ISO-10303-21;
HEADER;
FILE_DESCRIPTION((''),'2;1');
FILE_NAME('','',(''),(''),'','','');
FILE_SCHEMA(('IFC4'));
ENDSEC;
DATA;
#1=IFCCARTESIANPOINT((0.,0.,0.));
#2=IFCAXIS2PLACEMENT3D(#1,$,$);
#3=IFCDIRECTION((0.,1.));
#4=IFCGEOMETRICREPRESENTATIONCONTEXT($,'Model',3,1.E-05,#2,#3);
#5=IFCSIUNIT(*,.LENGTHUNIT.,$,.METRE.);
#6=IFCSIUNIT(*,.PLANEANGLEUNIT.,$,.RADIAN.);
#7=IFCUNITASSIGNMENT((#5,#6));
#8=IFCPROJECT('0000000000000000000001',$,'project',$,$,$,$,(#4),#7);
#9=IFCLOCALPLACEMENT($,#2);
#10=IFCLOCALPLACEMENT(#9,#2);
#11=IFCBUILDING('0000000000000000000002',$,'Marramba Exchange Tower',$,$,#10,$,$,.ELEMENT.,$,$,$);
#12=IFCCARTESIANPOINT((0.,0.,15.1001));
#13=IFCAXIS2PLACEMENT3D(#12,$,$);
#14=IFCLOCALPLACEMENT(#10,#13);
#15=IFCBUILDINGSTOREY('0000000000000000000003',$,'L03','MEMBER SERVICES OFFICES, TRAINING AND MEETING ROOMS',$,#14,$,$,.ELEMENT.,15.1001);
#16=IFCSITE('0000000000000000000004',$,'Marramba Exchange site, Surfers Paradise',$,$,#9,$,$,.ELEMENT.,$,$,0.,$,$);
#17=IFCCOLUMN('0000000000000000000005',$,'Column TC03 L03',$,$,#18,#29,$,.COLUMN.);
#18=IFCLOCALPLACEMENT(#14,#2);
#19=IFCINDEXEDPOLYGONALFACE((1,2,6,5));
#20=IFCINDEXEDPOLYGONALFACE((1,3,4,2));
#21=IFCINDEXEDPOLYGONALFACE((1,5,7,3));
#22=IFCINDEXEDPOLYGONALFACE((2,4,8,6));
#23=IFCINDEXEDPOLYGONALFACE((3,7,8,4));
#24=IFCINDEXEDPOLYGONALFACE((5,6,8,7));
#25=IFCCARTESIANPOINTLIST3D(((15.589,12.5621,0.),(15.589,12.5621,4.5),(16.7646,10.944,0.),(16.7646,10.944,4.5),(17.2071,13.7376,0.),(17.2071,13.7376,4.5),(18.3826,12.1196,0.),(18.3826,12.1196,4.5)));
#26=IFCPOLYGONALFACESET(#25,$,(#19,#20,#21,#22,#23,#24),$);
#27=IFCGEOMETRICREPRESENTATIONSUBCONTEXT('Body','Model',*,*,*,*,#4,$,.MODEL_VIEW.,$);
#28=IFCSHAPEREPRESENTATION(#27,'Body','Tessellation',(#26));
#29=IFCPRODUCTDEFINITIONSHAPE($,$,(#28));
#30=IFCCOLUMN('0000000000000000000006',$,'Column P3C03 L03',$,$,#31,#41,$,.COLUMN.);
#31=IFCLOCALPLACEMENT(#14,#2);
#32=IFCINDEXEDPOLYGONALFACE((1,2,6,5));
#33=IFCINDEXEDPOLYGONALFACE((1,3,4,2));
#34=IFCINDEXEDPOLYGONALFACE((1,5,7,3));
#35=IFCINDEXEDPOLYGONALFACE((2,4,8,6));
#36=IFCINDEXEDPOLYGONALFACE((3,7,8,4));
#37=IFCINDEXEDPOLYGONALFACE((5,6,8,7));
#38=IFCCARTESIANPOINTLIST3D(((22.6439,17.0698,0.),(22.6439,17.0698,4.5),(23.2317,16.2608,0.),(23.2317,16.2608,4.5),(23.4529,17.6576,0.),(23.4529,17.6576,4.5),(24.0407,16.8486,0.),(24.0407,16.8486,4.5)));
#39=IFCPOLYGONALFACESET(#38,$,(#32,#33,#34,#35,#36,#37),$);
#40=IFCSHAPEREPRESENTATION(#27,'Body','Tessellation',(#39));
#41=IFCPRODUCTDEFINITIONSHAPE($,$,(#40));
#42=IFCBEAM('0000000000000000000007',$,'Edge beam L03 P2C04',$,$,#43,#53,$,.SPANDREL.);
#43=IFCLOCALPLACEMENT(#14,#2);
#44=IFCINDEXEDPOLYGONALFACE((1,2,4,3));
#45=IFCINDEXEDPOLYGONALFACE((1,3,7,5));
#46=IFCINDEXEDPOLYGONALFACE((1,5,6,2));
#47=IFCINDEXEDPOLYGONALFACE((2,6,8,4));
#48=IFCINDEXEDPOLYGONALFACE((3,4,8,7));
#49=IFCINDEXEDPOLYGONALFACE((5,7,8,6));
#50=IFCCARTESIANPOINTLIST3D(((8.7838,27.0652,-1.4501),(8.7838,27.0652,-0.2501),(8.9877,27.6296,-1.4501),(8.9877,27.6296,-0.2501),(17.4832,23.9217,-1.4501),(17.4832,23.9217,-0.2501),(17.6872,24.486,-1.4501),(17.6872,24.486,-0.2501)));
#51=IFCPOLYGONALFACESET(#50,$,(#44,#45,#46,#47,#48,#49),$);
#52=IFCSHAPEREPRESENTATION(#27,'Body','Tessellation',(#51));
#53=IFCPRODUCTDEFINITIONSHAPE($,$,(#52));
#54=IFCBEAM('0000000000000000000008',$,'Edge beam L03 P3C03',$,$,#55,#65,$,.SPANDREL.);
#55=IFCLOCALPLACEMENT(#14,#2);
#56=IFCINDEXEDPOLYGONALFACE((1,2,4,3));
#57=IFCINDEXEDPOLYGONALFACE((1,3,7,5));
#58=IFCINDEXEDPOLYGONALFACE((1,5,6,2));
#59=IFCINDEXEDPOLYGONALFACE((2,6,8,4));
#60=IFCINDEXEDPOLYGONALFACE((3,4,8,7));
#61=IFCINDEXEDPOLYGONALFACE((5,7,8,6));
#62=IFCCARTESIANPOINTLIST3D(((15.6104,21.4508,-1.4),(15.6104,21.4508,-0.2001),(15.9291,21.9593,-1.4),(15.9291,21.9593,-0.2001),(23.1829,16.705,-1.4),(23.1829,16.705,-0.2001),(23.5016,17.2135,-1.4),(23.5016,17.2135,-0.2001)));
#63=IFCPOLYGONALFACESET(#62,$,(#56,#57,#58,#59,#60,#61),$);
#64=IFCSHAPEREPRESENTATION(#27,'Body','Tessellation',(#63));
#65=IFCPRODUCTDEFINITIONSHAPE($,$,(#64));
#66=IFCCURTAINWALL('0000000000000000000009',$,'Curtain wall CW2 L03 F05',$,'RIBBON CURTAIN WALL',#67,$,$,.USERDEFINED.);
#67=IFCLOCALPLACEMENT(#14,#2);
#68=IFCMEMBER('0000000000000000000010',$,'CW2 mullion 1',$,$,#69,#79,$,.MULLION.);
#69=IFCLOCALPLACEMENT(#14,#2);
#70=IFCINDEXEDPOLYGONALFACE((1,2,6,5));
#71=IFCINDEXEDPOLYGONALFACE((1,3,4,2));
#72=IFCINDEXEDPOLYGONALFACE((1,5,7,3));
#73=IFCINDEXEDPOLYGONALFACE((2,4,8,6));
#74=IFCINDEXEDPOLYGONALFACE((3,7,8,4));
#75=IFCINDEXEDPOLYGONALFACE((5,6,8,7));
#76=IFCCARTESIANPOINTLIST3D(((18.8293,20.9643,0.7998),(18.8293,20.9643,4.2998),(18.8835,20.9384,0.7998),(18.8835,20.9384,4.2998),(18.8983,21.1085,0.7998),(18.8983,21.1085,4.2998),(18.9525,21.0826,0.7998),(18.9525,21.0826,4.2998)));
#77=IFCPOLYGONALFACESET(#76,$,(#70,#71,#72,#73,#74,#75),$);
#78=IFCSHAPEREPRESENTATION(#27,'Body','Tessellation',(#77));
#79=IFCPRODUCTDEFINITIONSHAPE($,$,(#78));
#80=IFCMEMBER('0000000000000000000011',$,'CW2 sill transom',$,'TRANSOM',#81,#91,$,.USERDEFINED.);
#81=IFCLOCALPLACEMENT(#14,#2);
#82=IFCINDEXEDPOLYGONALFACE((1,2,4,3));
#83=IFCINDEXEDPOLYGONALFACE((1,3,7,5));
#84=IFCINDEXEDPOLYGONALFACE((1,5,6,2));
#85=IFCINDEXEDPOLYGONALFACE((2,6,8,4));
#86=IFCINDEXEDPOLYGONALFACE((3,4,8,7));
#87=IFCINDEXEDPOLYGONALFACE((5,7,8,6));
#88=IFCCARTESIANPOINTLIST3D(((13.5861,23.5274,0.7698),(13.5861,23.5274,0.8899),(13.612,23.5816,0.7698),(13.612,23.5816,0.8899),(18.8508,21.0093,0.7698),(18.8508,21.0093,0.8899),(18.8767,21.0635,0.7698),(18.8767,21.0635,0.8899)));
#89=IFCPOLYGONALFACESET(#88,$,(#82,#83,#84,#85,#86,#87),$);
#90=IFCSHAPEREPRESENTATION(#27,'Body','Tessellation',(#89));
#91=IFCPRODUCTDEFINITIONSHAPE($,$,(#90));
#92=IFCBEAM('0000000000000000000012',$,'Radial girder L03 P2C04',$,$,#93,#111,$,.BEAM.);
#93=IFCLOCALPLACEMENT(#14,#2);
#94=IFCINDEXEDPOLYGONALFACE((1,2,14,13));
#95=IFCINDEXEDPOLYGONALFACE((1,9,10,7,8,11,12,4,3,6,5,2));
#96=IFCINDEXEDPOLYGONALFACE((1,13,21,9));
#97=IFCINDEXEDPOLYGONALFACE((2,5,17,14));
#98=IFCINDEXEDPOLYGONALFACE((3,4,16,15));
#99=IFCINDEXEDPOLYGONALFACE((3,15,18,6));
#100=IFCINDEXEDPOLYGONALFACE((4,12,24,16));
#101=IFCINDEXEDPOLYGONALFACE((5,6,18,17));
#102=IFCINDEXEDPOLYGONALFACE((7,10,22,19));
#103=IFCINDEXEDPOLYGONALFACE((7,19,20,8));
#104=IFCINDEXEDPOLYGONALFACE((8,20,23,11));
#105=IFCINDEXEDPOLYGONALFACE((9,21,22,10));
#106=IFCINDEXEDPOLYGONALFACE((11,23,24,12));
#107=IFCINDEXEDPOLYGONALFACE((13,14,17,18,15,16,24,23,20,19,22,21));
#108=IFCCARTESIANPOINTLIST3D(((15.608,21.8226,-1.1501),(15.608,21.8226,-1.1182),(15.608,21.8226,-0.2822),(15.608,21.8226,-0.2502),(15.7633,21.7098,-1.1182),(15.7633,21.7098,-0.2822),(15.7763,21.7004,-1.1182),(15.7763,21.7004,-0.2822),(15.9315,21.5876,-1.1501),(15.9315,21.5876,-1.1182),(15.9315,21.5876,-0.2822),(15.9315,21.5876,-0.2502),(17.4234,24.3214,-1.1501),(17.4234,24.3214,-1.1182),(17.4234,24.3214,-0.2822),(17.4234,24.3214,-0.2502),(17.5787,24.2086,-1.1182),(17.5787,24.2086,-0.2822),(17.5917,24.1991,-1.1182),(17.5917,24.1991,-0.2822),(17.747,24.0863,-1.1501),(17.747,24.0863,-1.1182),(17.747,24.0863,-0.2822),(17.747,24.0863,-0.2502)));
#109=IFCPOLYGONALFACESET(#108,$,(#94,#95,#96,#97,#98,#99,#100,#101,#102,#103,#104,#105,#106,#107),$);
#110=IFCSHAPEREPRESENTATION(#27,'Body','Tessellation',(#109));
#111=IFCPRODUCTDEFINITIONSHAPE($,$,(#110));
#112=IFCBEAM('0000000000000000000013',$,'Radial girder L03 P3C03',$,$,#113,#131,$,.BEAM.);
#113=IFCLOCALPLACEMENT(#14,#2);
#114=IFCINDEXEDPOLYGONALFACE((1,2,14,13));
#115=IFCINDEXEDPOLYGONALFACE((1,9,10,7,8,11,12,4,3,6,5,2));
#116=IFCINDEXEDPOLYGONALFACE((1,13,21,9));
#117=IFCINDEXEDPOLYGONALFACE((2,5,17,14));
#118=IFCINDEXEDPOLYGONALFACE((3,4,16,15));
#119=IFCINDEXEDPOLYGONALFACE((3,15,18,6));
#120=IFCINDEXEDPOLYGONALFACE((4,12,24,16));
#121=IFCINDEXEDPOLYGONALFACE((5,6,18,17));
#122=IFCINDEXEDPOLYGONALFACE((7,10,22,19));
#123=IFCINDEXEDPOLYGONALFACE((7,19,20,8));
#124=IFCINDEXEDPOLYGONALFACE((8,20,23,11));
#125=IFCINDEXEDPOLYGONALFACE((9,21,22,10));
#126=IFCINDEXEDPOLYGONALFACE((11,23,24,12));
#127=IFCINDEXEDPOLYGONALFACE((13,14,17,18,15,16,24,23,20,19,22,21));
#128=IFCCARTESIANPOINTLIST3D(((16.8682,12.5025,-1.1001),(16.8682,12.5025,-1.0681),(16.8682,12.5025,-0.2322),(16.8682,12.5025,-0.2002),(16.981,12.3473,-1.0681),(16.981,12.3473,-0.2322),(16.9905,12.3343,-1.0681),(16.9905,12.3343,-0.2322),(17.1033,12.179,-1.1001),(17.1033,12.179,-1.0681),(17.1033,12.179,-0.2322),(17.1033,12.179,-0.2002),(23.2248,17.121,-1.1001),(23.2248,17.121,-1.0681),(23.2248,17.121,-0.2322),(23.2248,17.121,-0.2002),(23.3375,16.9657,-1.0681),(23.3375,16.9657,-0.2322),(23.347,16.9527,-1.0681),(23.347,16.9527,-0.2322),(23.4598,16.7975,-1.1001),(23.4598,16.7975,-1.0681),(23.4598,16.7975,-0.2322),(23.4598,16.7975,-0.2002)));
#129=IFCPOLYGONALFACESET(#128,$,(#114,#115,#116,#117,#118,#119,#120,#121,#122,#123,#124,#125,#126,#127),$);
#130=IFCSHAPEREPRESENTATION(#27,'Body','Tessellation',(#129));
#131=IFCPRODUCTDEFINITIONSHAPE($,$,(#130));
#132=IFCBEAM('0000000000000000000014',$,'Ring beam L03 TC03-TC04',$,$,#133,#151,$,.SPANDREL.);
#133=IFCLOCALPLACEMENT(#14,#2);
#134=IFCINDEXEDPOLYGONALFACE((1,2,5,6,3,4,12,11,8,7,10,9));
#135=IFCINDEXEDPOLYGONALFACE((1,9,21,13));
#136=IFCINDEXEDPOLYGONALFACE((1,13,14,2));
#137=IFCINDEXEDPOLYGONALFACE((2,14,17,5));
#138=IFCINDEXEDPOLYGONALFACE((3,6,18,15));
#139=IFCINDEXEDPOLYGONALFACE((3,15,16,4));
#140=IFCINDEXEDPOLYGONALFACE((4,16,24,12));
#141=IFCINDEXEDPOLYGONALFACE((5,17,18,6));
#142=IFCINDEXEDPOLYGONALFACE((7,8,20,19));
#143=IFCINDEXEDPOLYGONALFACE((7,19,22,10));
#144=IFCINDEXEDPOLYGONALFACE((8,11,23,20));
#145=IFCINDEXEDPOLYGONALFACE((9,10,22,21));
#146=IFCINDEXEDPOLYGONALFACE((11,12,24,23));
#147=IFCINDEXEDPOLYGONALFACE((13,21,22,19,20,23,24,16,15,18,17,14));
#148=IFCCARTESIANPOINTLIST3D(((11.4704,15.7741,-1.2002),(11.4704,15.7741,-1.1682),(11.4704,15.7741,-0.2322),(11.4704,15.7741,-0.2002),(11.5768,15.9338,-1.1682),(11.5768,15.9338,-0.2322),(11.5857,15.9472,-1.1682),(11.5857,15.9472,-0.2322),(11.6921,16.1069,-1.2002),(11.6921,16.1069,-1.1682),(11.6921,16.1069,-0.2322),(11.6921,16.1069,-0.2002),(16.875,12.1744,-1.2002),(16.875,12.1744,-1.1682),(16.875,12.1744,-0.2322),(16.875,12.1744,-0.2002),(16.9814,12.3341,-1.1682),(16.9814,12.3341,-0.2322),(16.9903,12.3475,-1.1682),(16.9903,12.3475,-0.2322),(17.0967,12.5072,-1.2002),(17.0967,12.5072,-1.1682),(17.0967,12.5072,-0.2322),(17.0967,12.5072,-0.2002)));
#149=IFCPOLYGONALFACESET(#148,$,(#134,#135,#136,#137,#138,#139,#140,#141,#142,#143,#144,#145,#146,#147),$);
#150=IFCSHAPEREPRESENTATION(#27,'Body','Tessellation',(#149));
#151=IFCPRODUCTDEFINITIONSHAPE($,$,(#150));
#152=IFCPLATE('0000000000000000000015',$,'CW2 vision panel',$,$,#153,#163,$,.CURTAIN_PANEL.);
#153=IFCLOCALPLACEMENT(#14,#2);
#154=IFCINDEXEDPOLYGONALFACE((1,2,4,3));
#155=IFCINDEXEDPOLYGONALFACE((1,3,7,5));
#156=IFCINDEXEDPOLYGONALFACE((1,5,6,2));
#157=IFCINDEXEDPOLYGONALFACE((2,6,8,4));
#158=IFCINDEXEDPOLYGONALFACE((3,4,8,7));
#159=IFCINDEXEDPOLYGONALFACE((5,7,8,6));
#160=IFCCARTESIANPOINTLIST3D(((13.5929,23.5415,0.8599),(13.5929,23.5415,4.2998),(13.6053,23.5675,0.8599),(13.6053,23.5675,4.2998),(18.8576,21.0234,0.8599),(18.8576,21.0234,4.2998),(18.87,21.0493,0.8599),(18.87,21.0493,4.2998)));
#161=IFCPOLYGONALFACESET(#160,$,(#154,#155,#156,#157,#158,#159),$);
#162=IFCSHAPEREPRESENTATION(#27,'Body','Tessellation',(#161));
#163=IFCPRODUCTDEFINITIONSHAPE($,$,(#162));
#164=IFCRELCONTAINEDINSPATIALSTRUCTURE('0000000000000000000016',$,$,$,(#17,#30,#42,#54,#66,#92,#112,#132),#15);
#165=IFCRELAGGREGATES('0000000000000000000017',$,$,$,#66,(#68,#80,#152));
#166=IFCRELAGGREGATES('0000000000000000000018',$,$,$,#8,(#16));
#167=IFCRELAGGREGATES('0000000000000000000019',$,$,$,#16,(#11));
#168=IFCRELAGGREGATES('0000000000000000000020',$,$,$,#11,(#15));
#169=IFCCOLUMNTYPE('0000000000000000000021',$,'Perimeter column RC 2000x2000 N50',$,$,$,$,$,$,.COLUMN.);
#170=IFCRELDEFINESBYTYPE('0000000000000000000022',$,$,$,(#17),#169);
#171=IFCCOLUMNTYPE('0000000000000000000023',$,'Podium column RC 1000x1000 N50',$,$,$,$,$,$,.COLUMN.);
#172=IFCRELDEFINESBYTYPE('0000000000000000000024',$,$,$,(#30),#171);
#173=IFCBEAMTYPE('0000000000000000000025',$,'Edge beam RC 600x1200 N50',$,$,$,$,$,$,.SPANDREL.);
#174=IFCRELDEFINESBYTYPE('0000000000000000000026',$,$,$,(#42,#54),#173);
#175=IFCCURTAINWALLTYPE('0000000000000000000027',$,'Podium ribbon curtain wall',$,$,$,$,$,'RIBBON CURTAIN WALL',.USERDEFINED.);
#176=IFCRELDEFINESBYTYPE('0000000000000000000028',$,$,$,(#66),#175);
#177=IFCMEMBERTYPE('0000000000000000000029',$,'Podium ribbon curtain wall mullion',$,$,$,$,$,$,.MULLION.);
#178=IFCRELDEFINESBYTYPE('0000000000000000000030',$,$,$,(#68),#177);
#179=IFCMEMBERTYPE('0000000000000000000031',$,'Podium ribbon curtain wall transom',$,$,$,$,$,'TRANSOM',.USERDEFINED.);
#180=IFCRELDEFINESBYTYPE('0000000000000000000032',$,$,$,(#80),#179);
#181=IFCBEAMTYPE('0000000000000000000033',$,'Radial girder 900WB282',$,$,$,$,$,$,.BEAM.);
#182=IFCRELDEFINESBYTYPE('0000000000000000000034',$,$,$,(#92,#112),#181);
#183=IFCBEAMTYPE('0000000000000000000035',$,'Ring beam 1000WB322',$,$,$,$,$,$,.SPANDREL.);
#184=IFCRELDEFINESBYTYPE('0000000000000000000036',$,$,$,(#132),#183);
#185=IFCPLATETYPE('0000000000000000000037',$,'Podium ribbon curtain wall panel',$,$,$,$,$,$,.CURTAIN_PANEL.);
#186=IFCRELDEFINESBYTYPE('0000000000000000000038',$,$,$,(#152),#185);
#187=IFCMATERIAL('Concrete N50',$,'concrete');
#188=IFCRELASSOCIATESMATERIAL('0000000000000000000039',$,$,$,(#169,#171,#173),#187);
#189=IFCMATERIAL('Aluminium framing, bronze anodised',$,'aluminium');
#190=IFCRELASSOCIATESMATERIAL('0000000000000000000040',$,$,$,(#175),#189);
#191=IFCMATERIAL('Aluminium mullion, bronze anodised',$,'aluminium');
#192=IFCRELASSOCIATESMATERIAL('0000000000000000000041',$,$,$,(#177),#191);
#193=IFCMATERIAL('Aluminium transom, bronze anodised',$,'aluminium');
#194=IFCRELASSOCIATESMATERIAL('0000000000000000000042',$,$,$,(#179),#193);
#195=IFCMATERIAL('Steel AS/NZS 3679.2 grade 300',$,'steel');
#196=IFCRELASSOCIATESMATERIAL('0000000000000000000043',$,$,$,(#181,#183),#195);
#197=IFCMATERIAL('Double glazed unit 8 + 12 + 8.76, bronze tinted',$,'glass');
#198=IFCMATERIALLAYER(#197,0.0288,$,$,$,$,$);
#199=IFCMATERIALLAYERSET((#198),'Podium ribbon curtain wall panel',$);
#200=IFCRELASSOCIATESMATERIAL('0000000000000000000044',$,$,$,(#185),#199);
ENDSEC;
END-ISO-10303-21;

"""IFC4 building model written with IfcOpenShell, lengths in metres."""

from ifc_helpers import new_model, si_unit, direction, frame, origin, origin_2d, place, context, subcontext, project, spatial, rectangle, i_section, extrude, material, layer, layer_set, material_profile, profile_set, type_object, element, aggregate, save


model = new_model("IFC4")

# Units and contexts
model_context = context("Model", 3, precision=1e-05, world=origin(), true_north=direction((0.0, 1.0)))
body_context = subcontext(model_context, "Body", "Model", "MODEL_VIEW")
ifc_project = project(units=[si_unit("LENGTHUNIT", "METRE"), si_unit("PLANEANGLEUNIT", "RADIAN")], contexts=[model_context])

# Site, building, storey
site_placement = place(None, origin())
site = spatial("IfcSite", under=ifc_project, at=site_placement, Name="Marramba Exchange site, Surfers Paradise", CompositionType="ELEMENT", RefElevation=0.0)
building_placement = place(site_placement, origin())
building = spatial("IfcBuilding", under=site, at=building_placement, Name="Marramba Exchange Tower", CompositionType="ELEMENT")
storey_placement = place(building_placement, frame((0.0, 0.0, 15.1001)))
storey = spatial("IfcBuildingStorey", under=building, at=storey_placement, Name="L03", Description="MEMBER SERVICES OFFICES, TRAINING AND MEETING ROOMS", CompositionType="ELEMENT", Elevation=15.1001)

# Columns
ifc_material_1 = material(Name="Concrete N50", Category="concrete")
ifc_material_profile_1 = material_profile(ifc_material_1, rectangle(XDim=2.0, YDim=2.0, at=origin_2d()), Name="RC 2000x2000")
ifc_profile_set_1 = profile_set([ifc_material_profile_1], Name="Concrete N50")
column_type_1 = type_object("IfcColumnType", Name="Perimeter column RC 2000x2000 N50", PredefinedType="COLUMN", material=ifc_profile_set_1)
column_1_placement = place(storey_placement, frame((16.9858, 12.3408, 0.0), z_axis=(0.0, 0.0, 1.0), x_axis=(0.809017, 0.587785, 0.0)))
element("IfcColumn", 1, at=column_1_placement, inside=storey, type_object=column_type_1, Name="Column TC03 L03", PredefinedType="COLUMN", context=body_context, shape_type="SweptSolid", body=[
    extrude(rectangle(XDim=2.0, YDim=2.0, at=origin_2d()), origin(), (0.0, 0.0, 1.0), 4.5),
])
ifc_material_profile_2 = material_profile(ifc_material_1, rectangle(XDim=1.0, YDim=1.0, at=origin_2d()), Name="RC 1000x1000")
ifc_profile_set_2 = profile_set([ifc_material_profile_2], Name="Concrete N50")
column_type_2 = type_object("IfcColumnType", Name="Podium column RC 1000x1000 N50", PredefinedType="COLUMN", material=ifc_profile_set_2)
column_2_placement = place(storey_placement, frame((23.3423, 16.9592, 0.0), z_axis=(0.0, 0.0, 1.0), x_axis=(0.809017, 0.587785, 0.0)))
element("IfcColumn", 2, at=column_2_placement, inside=storey, type_object=column_type_2, Name="Column P3C03 L03", PredefinedType="COLUMN", context=body_context, shape_type="SweptSolid", body=[
    extrude(rectangle(XDim=1.0, YDim=1.0, at=origin_2d()), origin(), (0.0, 0.0, 1.0), 4.5),
])

# Beams
ifc_material_profile_3 = material_profile(ifc_material_1, rectangle(XDim=0.6001, YDim=1.2, at=origin_2d()), Name="RC 600x1200")
ifc_profile_set_3 = profile_set([ifc_material_profile_3], Name="Concrete N50")
beam_type_1 = type_object("IfcBeamType", Name="Edge beam RC 600x1200 N50", PredefinedType="SPANDREL", material=ifc_profile_set_3)
beam_1_placement = place(storey_placement, frame((17.5852, 24.2039, -0.8501), z_axis=(-0.940482, 0.339844, 0.0), x_axis=(-0.339844, -0.940482, 0.0)))
element("IfcBeam", 3, at=beam_1_placement, inside=storey, type_object=beam_type_1, Name="Edge beam L03 P2C04", PredefinedType="SPANDREL", context=body_context, shape_type="SweptSolid", body=[
    extrude(rectangle(XDim=0.6001, YDim=1.2, at=origin_2d()), origin(), (0.0, 0.0, 1.0), 9.25),
])
beam_2_placement = place(storey_placement, frame((23.3423, 16.9592, -0.8), z_axis=(-0.847342, 0.531047, 0.0), x_axis=(-0.531047, -0.847342, 0.0)))
element("IfcBeam", 4, at=beam_2_placement, inside=storey, type_object=beam_type_1, Name="Edge beam L03 P3C03", PredefinedType="SPANDREL", context=body_context, shape_type="SweptSolid", body=[
    extrude(rectangle(XDim=0.6001, YDim=1.2, at=origin_2d()), origin(), (0.0, 0.0, 1.0), 8.9368),
])

# Curtain wall, members
ifc_material_2 = material(Name="Aluminium framing, bronze anodised", Category="aluminium")
curtain_wall_type = type_object("IfcCurtainWallType", Name="Podium ribbon curtain wall", ElementType="RIBBON CURTAIN WALL", PredefinedType="USERDEFINED", material=ifc_material_2)
curtain_wall_placement = place(storey_placement, origin())
curtain_wall = element("IfcCurtainWall", 5, at=curtain_wall_placement, inside=storey, type_object=curtain_wall_type, Name="Curtain wall CW2 L03 F05", ObjectType="RIBBON CURTAIN WALL", PredefinedType="USERDEFINED")
ifc_material_3 = material(Name="Aluminium mullion, bronze anodised", Category="aluminium")
ifc_material_profile_4 = material_profile(ifc_material_3, rectangle(XDim=0.1599, YDim=0.0601, at=origin_2d()), Name="CW2 mullion 60x160")
ifc_profile_set_4 = profile_set([ifc_material_profile_4], Name="Aluminium mullion, bronze anodised")
member_type_1 = type_object("IfcMemberType", Name="Podium ribbon curtain wall mullion", PredefinedType="MULLION", material=ifc_profile_set_4)
member_1_placement = place(storey_placement, frame((18.8909, 21.0234, 0.7998), z_axis=(0.0, 0.0, 1.0), x_axis=(-0.431486, -0.90212, 0.0)))
member_1 = element("IfcMember", 6, at=member_1_placement, type_object=member_type_1, Name="CW2 mullion 1", PredefinedType="MULLION", context=body_context, shape_type="SweptSolid", body=[
    extrude(rectangle(XDim=0.1599, YDim=0.0601, at=origin_2d()), origin(), (0.0, 0.0, 1.0), 3.5),
])
ifc_material_4 = material(Name="Aluminium transom, bronze anodised", Category="aluminium")
ifc_material_profile_5 = material_profile(ifc_material_4, rectangle(XDim=0.0601, YDim=0.1201, at=origin_2d()), Name="CW2 transom 60x120")
ifc_profile_set_5 = profile_set([ifc_material_profile_5], Name="Aluminium transom, bronze anodised")
member_type_2 = type_object("IfcMemberType", Name="Podium ribbon curtain wall transom", ElementType="TRANSOM", PredefinedType="USERDEFINED", material=ifc_profile_set_5)
member_2_placement = place(storey_placement, frame((18.8638, 21.0364, 0.8298), z_axis=(-0.902121, 0.431482, 0.0), x_axis=(-0.431482, -0.902121, 0.0)))
member_2 = element("IfcMember", 7, at=member_2_placement, type_object=member_type_2, Name="CW2 sill transom", ObjectType="TRANSOM", PredefinedType="USERDEFINED", context=body_context, shape_type="SweptSolid", body=[
    extrude(rectangle(XDim=0.0601, YDim=0.1201, at=origin_2d()), origin(), (0.0, 0.0, 1.0), 5.8359),
])

# Beams
ifc_material_5 = material(Name="Steel AS/NZS 3679.2 grade 300", Category="steel")
ifc_material_profile_6 = material_profile(ifc_material_5, i_section(OverallWidth=0.3999, OverallDepth=0.8999, WebThickness=0.0161, FlangeThickness=0.032, at=origin_2d()), Name="900WB282")
ifc_profile_set_6 = profile_set([ifc_material_profile_6], Name="Steel AS/NZS 3679.2 grade 300")
beam_type_2 = type_object("IfcBeamType", Name="Radial girder 900WB282", PredefinedType="BEAM", material=ifc_profile_set_6)
beam_3_placement = place(storey_placement, frame((17.5852, 24.2039, -0.7002), z_axis=(-0.587777, -0.809023, 0.0), x_axis=(0.809023, -0.587777, 0.0)))
element("IfcBeam", 8, at=beam_3_placement, inside=storey, type_object=beam_type_2, Name="Radial girder L03 P2C04", PredefinedType="BEAM", context=body_context, shape_type="SweptSolid", body=[
    extrude(i_section(OverallWidth=0.3999, OverallDepth=0.8999, WebThickness=0.0161, FlangeThickness=0.032, at=origin_2d()), origin(), (0.0, 0.0, 1.0), 3.0886),
])
beam_4_placement = place(storey_placement, frame((23.3423, 16.9592, -0.6501), z_axis=(-0.809006, -0.5878, 0.0), x_axis=(0.5878, -0.809006, 0.0)))
element("IfcBeam", 9, at=beam_4_placement, inside=storey, type_object=beam_type_2, Name="Radial girder L03 P3C03", PredefinedType="BEAM", context=body_context, shape_type="SweptSolid", body=[
    extrude(i_section(OverallWidth=0.3999, OverallDepth=0.8999, WebThickness=0.0161, FlangeThickness=0.032, at=origin_2d()), origin(), (0.0, 0.0, 1.0), 7.8572),
])
ifc_material_profile_7 = material_profile(ifc_material_5, i_section(OverallWidth=0.3999, OverallDepth=1.0, WebThickness=0.0161, FlangeThickness=0.032, at=origin_2d()), Name="1000WB322")
ifc_profile_set_7 = profile_set([ifc_material_profile_7], Name="Steel AS/NZS 3679.2 grade 300")
beam_type_3 = type_object("IfcBeamType", Name="Ring beam 1000WB322", PredefinedType="SPANDREL", material=ifc_profile_set_7)
beam_5_placement = place(storey_placement, frame((16.9858, 12.3408, -0.7002), z_axis=(-0.832293, 0.554336, 0.0), x_axis=(-0.554336, -0.832293, 0.0)))
element("IfcBeam", 10, at=beam_5_placement, inside=storey, type_object=beam_type_3, Name="Ring beam L03 TC03-TC04", PredefinedType="SPANDREL", context=body_context, shape_type="SweptSolid", body=[
    extrude(i_section(OverallWidth=0.3999, OverallDepth=1.0, WebThickness=0.0161, FlangeThickness=0.032, at=origin_2d()), origin(), (0.0, 0.0, 1.0), 6.4937),
])

# Plate
ifc_material_6 = material(Name="Double glazed unit 8 + 12 + 8.76, bronze tinted", Category="glass")
ifc_layer_1 = layer(ifc_material_6, 0.0288)
ifc_layer_set_1 = layer_set([ifc_layer_1], Name="Podium ribbon curtain wall panel")
plate_type = type_object("IfcPlateType", Name="Podium ribbon curtain wall panel", PredefinedType="CURTAIN_PANEL", material=ifc_layer_set_1)
plate_placement = place(storey_placement, frame((16.2314, 22.2954, 0.8599), z_axis=(0.0, 0.0, 1.0), x_axis=(-0.90212, 0.431486, 0.0)))
plate = element("IfcPlate", 11, at=plate_placement, type_object=plate_type, Name="CW2 vision panel", PredefinedType="CURTAIN_PANEL", context=body_context, shape_type="SweptSolid", body=[
    extrude(rectangle(XDim=5.8359, YDim=0.0288, at=origin_2d()), origin(), (0.0, 0.0, 1.0), 3.4399),
])
aggregate(curtain_wall, [member_1, member_2, plate])

save(model, "model.ifc")
